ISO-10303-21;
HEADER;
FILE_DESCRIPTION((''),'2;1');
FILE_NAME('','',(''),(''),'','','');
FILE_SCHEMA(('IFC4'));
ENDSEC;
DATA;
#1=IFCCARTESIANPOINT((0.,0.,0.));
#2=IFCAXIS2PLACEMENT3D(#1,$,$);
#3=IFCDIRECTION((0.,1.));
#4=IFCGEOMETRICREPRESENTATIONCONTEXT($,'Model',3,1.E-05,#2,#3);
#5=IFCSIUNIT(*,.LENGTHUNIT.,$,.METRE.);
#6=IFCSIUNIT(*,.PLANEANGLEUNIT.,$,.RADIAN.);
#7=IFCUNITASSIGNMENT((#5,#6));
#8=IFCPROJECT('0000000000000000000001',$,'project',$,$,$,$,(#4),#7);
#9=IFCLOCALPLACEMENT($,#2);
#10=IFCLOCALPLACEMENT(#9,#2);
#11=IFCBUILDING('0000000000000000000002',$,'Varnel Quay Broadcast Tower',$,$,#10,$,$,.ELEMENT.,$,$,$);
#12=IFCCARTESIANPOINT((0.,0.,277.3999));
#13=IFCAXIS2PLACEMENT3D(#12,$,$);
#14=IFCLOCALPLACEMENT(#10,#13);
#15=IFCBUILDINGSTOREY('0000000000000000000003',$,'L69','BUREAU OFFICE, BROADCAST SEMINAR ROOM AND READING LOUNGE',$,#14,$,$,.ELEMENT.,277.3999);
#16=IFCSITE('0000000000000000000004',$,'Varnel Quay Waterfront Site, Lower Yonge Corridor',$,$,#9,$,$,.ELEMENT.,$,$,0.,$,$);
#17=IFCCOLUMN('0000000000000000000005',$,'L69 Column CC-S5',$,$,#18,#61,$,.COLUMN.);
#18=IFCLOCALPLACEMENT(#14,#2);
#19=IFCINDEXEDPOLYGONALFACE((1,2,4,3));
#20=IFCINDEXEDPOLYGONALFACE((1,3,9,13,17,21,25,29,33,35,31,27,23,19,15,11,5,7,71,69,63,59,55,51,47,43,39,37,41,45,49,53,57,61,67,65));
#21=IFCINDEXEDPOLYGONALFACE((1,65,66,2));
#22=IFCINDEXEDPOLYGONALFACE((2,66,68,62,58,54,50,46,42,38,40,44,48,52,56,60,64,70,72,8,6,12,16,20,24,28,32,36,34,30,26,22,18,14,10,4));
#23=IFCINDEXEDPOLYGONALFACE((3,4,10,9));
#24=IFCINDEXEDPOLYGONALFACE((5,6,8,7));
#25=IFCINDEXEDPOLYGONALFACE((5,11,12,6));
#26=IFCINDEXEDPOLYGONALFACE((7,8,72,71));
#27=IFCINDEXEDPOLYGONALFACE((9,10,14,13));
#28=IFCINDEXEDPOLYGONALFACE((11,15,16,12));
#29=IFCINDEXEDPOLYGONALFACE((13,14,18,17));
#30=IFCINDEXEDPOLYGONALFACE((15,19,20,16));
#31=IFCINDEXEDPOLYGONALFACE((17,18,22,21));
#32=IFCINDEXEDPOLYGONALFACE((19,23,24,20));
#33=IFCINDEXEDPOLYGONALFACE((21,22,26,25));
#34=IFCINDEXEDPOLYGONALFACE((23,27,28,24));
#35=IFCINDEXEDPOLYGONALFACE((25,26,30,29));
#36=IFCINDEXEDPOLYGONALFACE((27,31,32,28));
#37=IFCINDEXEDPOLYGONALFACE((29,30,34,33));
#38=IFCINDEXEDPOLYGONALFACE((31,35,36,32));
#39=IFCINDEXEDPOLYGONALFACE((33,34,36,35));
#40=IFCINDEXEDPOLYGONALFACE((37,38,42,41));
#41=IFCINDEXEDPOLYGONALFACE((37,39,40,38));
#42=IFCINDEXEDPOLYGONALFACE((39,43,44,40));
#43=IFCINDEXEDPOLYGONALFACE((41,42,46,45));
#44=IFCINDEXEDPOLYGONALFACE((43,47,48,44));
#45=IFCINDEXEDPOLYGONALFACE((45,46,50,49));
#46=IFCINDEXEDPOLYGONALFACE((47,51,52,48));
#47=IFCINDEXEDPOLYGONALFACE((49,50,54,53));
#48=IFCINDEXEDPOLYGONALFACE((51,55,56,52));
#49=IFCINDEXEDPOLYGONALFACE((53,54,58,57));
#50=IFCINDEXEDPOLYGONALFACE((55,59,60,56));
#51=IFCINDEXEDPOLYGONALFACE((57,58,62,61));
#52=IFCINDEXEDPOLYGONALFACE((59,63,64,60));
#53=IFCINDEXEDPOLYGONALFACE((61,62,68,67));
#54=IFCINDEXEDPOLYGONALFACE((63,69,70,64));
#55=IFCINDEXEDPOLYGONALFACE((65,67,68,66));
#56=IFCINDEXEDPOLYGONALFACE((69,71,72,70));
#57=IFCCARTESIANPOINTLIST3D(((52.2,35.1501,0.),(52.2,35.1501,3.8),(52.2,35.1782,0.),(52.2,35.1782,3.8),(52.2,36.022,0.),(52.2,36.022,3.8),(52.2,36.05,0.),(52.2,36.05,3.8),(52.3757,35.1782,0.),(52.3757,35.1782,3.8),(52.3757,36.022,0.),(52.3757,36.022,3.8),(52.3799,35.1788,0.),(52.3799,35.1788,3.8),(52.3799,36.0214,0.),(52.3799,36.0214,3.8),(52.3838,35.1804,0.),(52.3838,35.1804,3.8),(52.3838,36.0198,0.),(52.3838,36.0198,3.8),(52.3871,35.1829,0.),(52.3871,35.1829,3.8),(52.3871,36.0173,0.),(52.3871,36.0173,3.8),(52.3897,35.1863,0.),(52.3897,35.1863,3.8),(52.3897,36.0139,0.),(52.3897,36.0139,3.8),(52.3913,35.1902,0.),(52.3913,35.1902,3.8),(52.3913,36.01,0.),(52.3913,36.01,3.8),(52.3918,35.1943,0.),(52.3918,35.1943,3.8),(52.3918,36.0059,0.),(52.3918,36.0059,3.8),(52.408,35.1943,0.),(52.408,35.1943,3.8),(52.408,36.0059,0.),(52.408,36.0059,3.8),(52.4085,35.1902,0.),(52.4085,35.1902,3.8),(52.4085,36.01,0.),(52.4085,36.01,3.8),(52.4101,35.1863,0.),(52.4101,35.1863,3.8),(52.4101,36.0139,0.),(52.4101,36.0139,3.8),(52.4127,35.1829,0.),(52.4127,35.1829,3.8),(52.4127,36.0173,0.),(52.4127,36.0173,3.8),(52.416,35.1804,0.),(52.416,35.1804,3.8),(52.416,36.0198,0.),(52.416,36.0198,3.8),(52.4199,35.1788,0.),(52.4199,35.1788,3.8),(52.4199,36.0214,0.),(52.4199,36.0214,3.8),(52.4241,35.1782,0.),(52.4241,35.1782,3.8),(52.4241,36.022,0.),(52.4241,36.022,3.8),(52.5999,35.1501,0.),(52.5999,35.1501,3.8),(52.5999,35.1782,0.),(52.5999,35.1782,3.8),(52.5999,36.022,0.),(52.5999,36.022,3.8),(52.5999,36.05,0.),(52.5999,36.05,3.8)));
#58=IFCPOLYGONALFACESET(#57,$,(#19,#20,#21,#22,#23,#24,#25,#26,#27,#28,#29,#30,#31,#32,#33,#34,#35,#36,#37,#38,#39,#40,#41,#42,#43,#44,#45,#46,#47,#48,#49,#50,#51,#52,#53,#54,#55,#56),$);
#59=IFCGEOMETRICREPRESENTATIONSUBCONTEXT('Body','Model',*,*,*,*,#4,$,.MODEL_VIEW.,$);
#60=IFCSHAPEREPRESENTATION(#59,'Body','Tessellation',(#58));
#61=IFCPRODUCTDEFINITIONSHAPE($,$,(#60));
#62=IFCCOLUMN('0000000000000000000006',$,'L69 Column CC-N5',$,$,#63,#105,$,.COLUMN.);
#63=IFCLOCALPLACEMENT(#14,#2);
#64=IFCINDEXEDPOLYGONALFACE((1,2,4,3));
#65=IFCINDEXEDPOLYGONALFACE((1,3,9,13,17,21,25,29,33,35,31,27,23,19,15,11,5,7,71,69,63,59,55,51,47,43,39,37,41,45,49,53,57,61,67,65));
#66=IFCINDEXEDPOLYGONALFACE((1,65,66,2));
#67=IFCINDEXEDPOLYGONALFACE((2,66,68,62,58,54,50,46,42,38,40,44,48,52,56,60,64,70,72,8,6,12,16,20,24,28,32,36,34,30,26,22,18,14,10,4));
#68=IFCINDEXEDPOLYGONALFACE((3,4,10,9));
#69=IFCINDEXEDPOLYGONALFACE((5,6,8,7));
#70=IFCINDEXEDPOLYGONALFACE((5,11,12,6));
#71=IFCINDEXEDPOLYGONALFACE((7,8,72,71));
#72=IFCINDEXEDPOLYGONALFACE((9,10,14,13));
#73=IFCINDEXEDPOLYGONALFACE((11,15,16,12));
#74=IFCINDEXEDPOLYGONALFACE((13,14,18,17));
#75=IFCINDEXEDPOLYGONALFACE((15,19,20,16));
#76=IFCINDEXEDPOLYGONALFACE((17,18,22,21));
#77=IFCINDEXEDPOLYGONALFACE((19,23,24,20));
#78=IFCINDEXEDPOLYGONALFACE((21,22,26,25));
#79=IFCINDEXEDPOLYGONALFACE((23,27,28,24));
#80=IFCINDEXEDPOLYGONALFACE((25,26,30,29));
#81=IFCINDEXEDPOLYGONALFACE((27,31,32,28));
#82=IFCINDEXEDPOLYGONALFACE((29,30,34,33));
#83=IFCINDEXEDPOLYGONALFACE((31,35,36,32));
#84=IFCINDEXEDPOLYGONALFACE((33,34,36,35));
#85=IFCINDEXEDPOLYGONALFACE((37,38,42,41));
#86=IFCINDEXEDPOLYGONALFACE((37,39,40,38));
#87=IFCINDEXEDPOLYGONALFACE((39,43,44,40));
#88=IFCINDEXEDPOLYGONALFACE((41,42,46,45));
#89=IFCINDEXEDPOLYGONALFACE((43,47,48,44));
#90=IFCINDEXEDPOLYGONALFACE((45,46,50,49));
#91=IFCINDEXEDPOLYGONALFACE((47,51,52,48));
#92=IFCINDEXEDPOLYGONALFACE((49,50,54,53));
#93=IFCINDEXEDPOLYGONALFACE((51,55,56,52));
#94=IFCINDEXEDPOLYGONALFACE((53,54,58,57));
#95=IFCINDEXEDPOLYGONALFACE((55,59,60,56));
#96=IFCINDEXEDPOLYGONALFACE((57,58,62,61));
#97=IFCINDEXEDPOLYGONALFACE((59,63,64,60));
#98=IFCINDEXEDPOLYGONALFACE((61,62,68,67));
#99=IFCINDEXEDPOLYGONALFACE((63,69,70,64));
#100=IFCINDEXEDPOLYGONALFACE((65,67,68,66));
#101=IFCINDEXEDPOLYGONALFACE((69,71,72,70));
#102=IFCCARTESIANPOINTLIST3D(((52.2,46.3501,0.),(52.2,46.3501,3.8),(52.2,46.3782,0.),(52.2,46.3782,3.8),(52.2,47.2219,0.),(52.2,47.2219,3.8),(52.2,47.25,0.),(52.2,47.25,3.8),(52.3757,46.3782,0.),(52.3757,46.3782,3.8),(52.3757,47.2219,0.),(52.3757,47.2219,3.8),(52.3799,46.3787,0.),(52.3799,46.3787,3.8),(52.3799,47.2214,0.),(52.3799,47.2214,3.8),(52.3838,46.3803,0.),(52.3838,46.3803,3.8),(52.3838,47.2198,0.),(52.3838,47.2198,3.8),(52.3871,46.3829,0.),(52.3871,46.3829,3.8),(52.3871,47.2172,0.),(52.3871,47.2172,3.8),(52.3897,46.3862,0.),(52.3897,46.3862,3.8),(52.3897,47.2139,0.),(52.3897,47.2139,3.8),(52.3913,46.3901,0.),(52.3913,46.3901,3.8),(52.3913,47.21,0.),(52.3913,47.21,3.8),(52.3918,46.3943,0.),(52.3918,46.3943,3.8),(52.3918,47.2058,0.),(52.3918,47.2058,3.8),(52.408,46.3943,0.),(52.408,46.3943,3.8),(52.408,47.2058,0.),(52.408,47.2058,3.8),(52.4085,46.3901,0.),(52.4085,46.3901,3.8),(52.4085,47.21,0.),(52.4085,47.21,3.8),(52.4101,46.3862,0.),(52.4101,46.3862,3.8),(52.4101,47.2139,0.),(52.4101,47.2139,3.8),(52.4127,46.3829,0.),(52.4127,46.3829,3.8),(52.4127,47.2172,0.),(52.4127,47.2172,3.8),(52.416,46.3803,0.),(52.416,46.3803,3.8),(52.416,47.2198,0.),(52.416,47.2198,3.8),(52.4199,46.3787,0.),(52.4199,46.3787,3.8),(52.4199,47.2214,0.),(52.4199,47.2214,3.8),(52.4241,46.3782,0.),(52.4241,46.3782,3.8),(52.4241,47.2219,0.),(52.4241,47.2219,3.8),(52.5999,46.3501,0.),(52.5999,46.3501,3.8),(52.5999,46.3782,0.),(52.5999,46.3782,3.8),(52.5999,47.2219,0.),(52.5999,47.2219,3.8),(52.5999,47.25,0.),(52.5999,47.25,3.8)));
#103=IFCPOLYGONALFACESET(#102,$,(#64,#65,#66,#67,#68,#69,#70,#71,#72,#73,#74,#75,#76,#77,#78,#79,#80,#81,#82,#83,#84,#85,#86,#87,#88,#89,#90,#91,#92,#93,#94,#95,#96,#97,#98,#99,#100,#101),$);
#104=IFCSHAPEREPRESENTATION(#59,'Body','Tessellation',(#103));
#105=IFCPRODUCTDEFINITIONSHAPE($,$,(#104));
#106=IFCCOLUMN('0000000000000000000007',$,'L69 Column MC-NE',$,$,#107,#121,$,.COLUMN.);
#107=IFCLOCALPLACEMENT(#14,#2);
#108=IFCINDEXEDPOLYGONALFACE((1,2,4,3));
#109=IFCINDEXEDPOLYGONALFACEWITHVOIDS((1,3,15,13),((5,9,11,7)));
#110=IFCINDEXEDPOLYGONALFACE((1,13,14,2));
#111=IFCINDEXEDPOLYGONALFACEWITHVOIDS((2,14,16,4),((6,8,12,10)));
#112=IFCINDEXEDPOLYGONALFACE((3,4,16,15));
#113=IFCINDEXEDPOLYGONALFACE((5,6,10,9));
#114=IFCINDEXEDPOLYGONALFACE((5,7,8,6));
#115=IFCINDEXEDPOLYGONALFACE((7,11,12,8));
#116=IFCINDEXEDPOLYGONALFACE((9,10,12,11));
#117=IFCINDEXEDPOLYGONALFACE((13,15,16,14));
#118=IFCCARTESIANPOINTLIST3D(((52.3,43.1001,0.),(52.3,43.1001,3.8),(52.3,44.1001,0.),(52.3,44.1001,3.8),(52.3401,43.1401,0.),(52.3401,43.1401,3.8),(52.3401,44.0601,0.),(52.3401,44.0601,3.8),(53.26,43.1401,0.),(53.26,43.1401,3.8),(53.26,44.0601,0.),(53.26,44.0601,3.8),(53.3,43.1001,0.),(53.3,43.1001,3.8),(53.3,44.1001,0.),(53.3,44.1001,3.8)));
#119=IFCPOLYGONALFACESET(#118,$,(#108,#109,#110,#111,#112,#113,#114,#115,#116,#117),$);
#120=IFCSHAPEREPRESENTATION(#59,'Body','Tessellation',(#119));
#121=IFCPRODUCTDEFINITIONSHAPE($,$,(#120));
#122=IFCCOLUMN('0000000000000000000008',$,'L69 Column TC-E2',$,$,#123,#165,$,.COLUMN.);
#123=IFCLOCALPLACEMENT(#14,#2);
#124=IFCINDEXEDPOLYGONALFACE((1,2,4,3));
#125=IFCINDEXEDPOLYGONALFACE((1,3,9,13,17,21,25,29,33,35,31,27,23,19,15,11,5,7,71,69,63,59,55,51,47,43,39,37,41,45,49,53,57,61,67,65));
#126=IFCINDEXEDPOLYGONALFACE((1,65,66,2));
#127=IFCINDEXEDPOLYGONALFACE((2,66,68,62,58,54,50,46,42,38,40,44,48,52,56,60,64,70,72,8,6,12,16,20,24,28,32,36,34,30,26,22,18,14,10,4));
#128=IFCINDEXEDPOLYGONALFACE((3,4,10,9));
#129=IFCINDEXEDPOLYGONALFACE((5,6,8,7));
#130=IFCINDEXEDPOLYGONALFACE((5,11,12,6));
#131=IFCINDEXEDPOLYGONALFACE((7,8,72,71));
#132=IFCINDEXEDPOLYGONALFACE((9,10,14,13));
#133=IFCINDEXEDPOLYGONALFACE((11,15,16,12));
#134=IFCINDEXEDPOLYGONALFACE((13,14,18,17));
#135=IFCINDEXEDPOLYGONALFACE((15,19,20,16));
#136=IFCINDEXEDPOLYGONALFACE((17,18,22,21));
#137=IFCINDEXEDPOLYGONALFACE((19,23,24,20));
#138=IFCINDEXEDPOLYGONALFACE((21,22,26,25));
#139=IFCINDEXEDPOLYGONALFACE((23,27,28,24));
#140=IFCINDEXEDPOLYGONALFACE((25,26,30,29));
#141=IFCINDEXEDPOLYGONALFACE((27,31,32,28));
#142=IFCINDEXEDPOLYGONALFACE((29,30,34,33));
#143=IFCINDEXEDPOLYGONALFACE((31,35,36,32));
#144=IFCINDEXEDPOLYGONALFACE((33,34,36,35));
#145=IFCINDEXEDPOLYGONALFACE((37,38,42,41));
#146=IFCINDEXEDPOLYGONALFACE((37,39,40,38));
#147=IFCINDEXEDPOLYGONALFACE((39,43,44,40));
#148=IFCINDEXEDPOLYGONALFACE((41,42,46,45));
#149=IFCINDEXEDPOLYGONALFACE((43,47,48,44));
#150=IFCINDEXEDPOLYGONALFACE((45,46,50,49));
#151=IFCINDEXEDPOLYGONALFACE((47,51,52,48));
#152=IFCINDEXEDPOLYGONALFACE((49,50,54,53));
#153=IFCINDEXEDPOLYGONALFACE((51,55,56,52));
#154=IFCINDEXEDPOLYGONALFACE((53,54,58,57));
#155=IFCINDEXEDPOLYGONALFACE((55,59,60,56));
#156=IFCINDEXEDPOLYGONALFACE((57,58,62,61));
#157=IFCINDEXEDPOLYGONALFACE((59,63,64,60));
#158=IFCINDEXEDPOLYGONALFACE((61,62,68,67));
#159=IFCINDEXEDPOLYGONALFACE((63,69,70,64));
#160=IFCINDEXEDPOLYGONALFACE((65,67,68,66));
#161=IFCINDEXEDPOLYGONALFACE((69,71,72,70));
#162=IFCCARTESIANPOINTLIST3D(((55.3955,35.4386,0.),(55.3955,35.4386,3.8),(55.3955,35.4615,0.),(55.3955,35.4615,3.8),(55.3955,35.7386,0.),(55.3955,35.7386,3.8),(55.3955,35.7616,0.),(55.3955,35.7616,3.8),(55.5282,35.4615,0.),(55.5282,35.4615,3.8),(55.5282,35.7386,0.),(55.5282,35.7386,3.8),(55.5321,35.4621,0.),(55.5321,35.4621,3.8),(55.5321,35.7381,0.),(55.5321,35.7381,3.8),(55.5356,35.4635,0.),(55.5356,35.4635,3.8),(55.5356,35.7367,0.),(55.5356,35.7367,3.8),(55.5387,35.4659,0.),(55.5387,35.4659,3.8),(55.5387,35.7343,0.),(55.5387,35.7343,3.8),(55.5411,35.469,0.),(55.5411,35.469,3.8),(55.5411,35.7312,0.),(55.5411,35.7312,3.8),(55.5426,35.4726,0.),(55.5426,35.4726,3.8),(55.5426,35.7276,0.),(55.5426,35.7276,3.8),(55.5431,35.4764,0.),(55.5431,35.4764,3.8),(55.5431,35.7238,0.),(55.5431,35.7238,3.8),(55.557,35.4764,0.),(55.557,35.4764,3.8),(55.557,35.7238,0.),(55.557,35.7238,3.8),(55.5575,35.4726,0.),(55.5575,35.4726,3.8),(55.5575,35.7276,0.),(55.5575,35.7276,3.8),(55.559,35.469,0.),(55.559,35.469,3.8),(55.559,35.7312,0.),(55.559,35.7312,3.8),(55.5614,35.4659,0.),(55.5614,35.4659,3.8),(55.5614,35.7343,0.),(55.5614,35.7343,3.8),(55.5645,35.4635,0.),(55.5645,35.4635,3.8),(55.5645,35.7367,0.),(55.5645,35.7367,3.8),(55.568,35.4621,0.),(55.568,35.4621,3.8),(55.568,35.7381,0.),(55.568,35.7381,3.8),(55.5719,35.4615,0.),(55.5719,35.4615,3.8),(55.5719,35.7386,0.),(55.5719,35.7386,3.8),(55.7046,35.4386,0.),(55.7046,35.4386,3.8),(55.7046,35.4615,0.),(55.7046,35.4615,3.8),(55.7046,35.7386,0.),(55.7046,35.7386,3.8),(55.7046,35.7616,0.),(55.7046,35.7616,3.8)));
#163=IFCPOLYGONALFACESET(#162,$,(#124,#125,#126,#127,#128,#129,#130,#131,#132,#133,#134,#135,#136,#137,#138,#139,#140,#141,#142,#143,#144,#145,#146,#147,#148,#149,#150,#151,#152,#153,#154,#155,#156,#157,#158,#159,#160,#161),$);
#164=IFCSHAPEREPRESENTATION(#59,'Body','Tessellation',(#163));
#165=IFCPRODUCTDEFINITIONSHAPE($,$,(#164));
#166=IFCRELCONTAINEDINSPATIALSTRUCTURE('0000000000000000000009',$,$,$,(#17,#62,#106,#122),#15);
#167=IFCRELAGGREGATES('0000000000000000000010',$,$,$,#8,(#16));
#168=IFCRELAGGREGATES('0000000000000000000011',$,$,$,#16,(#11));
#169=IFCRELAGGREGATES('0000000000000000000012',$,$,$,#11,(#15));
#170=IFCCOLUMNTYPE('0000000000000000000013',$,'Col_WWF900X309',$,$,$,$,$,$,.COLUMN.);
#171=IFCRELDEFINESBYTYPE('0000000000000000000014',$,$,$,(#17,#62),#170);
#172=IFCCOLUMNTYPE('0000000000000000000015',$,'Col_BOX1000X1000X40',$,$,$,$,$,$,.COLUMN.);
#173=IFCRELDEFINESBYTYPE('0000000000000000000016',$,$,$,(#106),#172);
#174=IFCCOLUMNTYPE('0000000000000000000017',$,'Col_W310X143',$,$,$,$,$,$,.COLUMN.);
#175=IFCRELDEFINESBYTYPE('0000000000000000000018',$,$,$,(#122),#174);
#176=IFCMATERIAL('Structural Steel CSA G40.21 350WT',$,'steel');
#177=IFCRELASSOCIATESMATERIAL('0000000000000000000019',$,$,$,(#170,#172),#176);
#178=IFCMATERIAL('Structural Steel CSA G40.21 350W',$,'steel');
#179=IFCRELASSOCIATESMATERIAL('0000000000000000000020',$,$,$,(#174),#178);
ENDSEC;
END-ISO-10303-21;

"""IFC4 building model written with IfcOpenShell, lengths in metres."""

from ifc_helpers import new_model, si_unit, direction, frame, origin, origin_2d, place, context, subcontext, project, spatial, hollow_rectangle, i_section, extrude, source, transform, mapped, material, material_profile, profile_set, type_object, type_shapes, element, save


model = new_model("IFC4")

# Units and contexts
model_context = context("Model", 3, precision=1e-05, world=origin(), true_north=direction((0.0, 1.0)))
body_context = subcontext(model_context, "Body", "Model", "MODEL_VIEW")
ifc_project = project(units=[si_unit("LENGTHUNIT", "METRE"), si_unit("PLANEANGLEUNIT", "RADIAN")], contexts=[model_context])

# Site, building, storey
site_placement = place(None, origin())
site = spatial("IfcSite", under=ifc_project, at=site_placement, Name="Varnel Quay Waterfront Site, Lower Yonge Corridor", CompositionType="ELEMENT", RefElevation=0.0)
building_placement = place(site_placement, origin())
building = spatial("IfcBuilding", under=site, at=building_placement, Name="Varnel Quay Broadcast Tower", CompositionType="ELEMENT")
storey_placement = place(building_placement, frame((0.0, 0.0, 277.3999)))
storey = spatial("IfcBuildingStorey", under=building, at=storey_placement, Name="L69", Description="BUREAU OFFICE, BROADCAST SEMINAR ROOM AND READING LOUNGE", CompositionType="ELEMENT", Elevation=277.3999)

# Columns
ifc_material_1 = material(Name="Structural Steel CSA G40.21 350WT", Category="steel")
ifc_material_profile_1 = material_profile(ifc_material_1, i_section(OverallWidth=0.3999, OverallDepth=0.8999, WebThickness=0.0161, FlangeThickness=0.0281, FilletRadius=0.0161, at=origin_2d()), Name="WWF900X309")
ifc_profile_set_1 = profile_set([ifc_material_profile_1], Name="Structural Steel CSA G40.21 350WT")
column_type_1 = type_object("IfcColumnType", Name="Col_WWF900X309", PredefinedType="COLUMN", material=ifc_profile_set_1)
shared_shape_1 = source(origin(), body_context, "Body", "SweptSolid", [
    extrude(i_section(OverallWidth=0.3999, OverallDepth=0.8999, WebThickness=0.0161, FlangeThickness=0.0281, FilletRadius=0.0161, at=origin_2d()), origin(), (0.0, 0.0, 1.0), 3.8),
])
type_shapes(column_type_1, [shared_shape_1])
for number, where, z_axis, x_axis, name in (
    (1, (52.3999, 35.6001, 0.0), (0.0, 0.0, 1.0), (1.0, 0.0, 0.0), "L69 Column CC-S5"),
    (2, (52.3999, 46.8, 0.0), (0.0, 0.0, 1.0), (1.0, 0.0, 0.0), "L69 Column CC-N5"),
):
    element("IfcColumn", number, at=place(storey_placement, frame(where, z_axis=z_axis, x_axis=x_axis)), inside=storey, type_object=column_type_1, Name=name, PredefinedType="COLUMN", context=body_context, shape_type="MappedRepresentation", body=[
        mapped(shared_shape_1, transform((0.0, 0.0, 0.0), x_axis=(1.0, 0.0, 0.0), y_axis=(0.0, 1.0, 0.0), z_axis=(0.0, 0.0, 1.0), scale=1.0)),
    ])
ifc_material_profile_2 = material_profile(ifc_material_1, hollow_rectangle(XDim=1.0, YDim=1.0, WallThickness=0.04, at=origin_2d()), Name="BOX1000X1000X40")
ifc_profile_set_2 = profile_set([ifc_material_profile_2], Name="Structural Steel CSA G40.21 350WT")
column_type_2 = type_object("IfcColumnType", Name="Col_BOX1000X1000X40", PredefinedType="COLUMN", material=ifc_profile_set_2)
shared_shape_2 = source(origin(), body_context, "Body", "SweptSolid", [
    extrude(hollow_rectangle(XDim=1.0, YDim=1.0, WallThickness=0.04, at=origin_2d()), origin(), (0.0, 0.0, 1.0), 3.8),
])
type_shapes(column_type_2, [shared_shape_2])
column_1_placement = place(storey_placement, frame((52.8, 43.6001, 0.0), z_axis=(0.0, 0.0, 1.0), x_axis=(1.0, 0.0, 0.0)))
element("IfcColumn", 3, at=column_1_placement, inside=storey, type_object=column_type_2, Name="L69 Column MC-NE", PredefinedType="COLUMN", context=body_context, shape_type="MappedRepresentation", body=[
    mapped(shared_shape_2, transform((0.0, 0.0, 0.0), x_axis=(1.0, 0.0, 0.0), y_axis=(0.0, 1.0, 0.0), z_axis=(0.0, 0.0, 1.0), scale=1.0)),
])
ifc_material_2 = material(Name="Structural Steel CSA G40.21 350W", Category="steel")
ifc_material_profile_3 = material_profile(ifc_material_2, i_section(OverallWidth=0.3091, OverallDepth=0.323, WebThickness=0.0139, FlangeThickness=0.0229, FilletRadius=0.0149, at=origin_2d()), Name="W310X143")
ifc_profile_set_3 = profile_set([ifc_material_profile_3], Name="Structural Steel CSA G40.21 350W")
column_type_3 = type_object("IfcColumnType", Name="Col_W310X143", PredefinedType="COLUMN", material=ifc_profile_set_3)
shared_shape_3 = source(origin(), body_context, "Body", "SweptSolid", [
    extrude(i_section(OverallWidth=0.3091, OverallDepth=0.323, WebThickness=0.0139, FlangeThickness=0.0229, FilletRadius=0.0149, at=origin_2d()), origin(), (0.0, 0.0, 1.0), 3.8),
])
type_shapes(column_type_3, [shared_shape_3])
column_2_placement = place(storey_placement, frame((55.55, 35.6001, 0.0), z_axis=(0.0, 0.0, 1.0), x_axis=(1.0, 0.0, 0.0)))
element("IfcColumn", 4, at=column_2_placement, inside=storey, type_object=column_type_3, Name="L69 Column TC-E2", PredefinedType="COLUMN", context=body_context, shape_type="MappedRepresentation", body=[
    mapped(shared_shape_3, transform((0.0, 0.0, 0.0), x_axis=(1.0, 0.0, 0.0), y_axis=(0.0, 1.0, 0.0), z_axis=(0.0, 0.0, 1.0), scale=1.0)),
])

save(model, "model.ifc")
